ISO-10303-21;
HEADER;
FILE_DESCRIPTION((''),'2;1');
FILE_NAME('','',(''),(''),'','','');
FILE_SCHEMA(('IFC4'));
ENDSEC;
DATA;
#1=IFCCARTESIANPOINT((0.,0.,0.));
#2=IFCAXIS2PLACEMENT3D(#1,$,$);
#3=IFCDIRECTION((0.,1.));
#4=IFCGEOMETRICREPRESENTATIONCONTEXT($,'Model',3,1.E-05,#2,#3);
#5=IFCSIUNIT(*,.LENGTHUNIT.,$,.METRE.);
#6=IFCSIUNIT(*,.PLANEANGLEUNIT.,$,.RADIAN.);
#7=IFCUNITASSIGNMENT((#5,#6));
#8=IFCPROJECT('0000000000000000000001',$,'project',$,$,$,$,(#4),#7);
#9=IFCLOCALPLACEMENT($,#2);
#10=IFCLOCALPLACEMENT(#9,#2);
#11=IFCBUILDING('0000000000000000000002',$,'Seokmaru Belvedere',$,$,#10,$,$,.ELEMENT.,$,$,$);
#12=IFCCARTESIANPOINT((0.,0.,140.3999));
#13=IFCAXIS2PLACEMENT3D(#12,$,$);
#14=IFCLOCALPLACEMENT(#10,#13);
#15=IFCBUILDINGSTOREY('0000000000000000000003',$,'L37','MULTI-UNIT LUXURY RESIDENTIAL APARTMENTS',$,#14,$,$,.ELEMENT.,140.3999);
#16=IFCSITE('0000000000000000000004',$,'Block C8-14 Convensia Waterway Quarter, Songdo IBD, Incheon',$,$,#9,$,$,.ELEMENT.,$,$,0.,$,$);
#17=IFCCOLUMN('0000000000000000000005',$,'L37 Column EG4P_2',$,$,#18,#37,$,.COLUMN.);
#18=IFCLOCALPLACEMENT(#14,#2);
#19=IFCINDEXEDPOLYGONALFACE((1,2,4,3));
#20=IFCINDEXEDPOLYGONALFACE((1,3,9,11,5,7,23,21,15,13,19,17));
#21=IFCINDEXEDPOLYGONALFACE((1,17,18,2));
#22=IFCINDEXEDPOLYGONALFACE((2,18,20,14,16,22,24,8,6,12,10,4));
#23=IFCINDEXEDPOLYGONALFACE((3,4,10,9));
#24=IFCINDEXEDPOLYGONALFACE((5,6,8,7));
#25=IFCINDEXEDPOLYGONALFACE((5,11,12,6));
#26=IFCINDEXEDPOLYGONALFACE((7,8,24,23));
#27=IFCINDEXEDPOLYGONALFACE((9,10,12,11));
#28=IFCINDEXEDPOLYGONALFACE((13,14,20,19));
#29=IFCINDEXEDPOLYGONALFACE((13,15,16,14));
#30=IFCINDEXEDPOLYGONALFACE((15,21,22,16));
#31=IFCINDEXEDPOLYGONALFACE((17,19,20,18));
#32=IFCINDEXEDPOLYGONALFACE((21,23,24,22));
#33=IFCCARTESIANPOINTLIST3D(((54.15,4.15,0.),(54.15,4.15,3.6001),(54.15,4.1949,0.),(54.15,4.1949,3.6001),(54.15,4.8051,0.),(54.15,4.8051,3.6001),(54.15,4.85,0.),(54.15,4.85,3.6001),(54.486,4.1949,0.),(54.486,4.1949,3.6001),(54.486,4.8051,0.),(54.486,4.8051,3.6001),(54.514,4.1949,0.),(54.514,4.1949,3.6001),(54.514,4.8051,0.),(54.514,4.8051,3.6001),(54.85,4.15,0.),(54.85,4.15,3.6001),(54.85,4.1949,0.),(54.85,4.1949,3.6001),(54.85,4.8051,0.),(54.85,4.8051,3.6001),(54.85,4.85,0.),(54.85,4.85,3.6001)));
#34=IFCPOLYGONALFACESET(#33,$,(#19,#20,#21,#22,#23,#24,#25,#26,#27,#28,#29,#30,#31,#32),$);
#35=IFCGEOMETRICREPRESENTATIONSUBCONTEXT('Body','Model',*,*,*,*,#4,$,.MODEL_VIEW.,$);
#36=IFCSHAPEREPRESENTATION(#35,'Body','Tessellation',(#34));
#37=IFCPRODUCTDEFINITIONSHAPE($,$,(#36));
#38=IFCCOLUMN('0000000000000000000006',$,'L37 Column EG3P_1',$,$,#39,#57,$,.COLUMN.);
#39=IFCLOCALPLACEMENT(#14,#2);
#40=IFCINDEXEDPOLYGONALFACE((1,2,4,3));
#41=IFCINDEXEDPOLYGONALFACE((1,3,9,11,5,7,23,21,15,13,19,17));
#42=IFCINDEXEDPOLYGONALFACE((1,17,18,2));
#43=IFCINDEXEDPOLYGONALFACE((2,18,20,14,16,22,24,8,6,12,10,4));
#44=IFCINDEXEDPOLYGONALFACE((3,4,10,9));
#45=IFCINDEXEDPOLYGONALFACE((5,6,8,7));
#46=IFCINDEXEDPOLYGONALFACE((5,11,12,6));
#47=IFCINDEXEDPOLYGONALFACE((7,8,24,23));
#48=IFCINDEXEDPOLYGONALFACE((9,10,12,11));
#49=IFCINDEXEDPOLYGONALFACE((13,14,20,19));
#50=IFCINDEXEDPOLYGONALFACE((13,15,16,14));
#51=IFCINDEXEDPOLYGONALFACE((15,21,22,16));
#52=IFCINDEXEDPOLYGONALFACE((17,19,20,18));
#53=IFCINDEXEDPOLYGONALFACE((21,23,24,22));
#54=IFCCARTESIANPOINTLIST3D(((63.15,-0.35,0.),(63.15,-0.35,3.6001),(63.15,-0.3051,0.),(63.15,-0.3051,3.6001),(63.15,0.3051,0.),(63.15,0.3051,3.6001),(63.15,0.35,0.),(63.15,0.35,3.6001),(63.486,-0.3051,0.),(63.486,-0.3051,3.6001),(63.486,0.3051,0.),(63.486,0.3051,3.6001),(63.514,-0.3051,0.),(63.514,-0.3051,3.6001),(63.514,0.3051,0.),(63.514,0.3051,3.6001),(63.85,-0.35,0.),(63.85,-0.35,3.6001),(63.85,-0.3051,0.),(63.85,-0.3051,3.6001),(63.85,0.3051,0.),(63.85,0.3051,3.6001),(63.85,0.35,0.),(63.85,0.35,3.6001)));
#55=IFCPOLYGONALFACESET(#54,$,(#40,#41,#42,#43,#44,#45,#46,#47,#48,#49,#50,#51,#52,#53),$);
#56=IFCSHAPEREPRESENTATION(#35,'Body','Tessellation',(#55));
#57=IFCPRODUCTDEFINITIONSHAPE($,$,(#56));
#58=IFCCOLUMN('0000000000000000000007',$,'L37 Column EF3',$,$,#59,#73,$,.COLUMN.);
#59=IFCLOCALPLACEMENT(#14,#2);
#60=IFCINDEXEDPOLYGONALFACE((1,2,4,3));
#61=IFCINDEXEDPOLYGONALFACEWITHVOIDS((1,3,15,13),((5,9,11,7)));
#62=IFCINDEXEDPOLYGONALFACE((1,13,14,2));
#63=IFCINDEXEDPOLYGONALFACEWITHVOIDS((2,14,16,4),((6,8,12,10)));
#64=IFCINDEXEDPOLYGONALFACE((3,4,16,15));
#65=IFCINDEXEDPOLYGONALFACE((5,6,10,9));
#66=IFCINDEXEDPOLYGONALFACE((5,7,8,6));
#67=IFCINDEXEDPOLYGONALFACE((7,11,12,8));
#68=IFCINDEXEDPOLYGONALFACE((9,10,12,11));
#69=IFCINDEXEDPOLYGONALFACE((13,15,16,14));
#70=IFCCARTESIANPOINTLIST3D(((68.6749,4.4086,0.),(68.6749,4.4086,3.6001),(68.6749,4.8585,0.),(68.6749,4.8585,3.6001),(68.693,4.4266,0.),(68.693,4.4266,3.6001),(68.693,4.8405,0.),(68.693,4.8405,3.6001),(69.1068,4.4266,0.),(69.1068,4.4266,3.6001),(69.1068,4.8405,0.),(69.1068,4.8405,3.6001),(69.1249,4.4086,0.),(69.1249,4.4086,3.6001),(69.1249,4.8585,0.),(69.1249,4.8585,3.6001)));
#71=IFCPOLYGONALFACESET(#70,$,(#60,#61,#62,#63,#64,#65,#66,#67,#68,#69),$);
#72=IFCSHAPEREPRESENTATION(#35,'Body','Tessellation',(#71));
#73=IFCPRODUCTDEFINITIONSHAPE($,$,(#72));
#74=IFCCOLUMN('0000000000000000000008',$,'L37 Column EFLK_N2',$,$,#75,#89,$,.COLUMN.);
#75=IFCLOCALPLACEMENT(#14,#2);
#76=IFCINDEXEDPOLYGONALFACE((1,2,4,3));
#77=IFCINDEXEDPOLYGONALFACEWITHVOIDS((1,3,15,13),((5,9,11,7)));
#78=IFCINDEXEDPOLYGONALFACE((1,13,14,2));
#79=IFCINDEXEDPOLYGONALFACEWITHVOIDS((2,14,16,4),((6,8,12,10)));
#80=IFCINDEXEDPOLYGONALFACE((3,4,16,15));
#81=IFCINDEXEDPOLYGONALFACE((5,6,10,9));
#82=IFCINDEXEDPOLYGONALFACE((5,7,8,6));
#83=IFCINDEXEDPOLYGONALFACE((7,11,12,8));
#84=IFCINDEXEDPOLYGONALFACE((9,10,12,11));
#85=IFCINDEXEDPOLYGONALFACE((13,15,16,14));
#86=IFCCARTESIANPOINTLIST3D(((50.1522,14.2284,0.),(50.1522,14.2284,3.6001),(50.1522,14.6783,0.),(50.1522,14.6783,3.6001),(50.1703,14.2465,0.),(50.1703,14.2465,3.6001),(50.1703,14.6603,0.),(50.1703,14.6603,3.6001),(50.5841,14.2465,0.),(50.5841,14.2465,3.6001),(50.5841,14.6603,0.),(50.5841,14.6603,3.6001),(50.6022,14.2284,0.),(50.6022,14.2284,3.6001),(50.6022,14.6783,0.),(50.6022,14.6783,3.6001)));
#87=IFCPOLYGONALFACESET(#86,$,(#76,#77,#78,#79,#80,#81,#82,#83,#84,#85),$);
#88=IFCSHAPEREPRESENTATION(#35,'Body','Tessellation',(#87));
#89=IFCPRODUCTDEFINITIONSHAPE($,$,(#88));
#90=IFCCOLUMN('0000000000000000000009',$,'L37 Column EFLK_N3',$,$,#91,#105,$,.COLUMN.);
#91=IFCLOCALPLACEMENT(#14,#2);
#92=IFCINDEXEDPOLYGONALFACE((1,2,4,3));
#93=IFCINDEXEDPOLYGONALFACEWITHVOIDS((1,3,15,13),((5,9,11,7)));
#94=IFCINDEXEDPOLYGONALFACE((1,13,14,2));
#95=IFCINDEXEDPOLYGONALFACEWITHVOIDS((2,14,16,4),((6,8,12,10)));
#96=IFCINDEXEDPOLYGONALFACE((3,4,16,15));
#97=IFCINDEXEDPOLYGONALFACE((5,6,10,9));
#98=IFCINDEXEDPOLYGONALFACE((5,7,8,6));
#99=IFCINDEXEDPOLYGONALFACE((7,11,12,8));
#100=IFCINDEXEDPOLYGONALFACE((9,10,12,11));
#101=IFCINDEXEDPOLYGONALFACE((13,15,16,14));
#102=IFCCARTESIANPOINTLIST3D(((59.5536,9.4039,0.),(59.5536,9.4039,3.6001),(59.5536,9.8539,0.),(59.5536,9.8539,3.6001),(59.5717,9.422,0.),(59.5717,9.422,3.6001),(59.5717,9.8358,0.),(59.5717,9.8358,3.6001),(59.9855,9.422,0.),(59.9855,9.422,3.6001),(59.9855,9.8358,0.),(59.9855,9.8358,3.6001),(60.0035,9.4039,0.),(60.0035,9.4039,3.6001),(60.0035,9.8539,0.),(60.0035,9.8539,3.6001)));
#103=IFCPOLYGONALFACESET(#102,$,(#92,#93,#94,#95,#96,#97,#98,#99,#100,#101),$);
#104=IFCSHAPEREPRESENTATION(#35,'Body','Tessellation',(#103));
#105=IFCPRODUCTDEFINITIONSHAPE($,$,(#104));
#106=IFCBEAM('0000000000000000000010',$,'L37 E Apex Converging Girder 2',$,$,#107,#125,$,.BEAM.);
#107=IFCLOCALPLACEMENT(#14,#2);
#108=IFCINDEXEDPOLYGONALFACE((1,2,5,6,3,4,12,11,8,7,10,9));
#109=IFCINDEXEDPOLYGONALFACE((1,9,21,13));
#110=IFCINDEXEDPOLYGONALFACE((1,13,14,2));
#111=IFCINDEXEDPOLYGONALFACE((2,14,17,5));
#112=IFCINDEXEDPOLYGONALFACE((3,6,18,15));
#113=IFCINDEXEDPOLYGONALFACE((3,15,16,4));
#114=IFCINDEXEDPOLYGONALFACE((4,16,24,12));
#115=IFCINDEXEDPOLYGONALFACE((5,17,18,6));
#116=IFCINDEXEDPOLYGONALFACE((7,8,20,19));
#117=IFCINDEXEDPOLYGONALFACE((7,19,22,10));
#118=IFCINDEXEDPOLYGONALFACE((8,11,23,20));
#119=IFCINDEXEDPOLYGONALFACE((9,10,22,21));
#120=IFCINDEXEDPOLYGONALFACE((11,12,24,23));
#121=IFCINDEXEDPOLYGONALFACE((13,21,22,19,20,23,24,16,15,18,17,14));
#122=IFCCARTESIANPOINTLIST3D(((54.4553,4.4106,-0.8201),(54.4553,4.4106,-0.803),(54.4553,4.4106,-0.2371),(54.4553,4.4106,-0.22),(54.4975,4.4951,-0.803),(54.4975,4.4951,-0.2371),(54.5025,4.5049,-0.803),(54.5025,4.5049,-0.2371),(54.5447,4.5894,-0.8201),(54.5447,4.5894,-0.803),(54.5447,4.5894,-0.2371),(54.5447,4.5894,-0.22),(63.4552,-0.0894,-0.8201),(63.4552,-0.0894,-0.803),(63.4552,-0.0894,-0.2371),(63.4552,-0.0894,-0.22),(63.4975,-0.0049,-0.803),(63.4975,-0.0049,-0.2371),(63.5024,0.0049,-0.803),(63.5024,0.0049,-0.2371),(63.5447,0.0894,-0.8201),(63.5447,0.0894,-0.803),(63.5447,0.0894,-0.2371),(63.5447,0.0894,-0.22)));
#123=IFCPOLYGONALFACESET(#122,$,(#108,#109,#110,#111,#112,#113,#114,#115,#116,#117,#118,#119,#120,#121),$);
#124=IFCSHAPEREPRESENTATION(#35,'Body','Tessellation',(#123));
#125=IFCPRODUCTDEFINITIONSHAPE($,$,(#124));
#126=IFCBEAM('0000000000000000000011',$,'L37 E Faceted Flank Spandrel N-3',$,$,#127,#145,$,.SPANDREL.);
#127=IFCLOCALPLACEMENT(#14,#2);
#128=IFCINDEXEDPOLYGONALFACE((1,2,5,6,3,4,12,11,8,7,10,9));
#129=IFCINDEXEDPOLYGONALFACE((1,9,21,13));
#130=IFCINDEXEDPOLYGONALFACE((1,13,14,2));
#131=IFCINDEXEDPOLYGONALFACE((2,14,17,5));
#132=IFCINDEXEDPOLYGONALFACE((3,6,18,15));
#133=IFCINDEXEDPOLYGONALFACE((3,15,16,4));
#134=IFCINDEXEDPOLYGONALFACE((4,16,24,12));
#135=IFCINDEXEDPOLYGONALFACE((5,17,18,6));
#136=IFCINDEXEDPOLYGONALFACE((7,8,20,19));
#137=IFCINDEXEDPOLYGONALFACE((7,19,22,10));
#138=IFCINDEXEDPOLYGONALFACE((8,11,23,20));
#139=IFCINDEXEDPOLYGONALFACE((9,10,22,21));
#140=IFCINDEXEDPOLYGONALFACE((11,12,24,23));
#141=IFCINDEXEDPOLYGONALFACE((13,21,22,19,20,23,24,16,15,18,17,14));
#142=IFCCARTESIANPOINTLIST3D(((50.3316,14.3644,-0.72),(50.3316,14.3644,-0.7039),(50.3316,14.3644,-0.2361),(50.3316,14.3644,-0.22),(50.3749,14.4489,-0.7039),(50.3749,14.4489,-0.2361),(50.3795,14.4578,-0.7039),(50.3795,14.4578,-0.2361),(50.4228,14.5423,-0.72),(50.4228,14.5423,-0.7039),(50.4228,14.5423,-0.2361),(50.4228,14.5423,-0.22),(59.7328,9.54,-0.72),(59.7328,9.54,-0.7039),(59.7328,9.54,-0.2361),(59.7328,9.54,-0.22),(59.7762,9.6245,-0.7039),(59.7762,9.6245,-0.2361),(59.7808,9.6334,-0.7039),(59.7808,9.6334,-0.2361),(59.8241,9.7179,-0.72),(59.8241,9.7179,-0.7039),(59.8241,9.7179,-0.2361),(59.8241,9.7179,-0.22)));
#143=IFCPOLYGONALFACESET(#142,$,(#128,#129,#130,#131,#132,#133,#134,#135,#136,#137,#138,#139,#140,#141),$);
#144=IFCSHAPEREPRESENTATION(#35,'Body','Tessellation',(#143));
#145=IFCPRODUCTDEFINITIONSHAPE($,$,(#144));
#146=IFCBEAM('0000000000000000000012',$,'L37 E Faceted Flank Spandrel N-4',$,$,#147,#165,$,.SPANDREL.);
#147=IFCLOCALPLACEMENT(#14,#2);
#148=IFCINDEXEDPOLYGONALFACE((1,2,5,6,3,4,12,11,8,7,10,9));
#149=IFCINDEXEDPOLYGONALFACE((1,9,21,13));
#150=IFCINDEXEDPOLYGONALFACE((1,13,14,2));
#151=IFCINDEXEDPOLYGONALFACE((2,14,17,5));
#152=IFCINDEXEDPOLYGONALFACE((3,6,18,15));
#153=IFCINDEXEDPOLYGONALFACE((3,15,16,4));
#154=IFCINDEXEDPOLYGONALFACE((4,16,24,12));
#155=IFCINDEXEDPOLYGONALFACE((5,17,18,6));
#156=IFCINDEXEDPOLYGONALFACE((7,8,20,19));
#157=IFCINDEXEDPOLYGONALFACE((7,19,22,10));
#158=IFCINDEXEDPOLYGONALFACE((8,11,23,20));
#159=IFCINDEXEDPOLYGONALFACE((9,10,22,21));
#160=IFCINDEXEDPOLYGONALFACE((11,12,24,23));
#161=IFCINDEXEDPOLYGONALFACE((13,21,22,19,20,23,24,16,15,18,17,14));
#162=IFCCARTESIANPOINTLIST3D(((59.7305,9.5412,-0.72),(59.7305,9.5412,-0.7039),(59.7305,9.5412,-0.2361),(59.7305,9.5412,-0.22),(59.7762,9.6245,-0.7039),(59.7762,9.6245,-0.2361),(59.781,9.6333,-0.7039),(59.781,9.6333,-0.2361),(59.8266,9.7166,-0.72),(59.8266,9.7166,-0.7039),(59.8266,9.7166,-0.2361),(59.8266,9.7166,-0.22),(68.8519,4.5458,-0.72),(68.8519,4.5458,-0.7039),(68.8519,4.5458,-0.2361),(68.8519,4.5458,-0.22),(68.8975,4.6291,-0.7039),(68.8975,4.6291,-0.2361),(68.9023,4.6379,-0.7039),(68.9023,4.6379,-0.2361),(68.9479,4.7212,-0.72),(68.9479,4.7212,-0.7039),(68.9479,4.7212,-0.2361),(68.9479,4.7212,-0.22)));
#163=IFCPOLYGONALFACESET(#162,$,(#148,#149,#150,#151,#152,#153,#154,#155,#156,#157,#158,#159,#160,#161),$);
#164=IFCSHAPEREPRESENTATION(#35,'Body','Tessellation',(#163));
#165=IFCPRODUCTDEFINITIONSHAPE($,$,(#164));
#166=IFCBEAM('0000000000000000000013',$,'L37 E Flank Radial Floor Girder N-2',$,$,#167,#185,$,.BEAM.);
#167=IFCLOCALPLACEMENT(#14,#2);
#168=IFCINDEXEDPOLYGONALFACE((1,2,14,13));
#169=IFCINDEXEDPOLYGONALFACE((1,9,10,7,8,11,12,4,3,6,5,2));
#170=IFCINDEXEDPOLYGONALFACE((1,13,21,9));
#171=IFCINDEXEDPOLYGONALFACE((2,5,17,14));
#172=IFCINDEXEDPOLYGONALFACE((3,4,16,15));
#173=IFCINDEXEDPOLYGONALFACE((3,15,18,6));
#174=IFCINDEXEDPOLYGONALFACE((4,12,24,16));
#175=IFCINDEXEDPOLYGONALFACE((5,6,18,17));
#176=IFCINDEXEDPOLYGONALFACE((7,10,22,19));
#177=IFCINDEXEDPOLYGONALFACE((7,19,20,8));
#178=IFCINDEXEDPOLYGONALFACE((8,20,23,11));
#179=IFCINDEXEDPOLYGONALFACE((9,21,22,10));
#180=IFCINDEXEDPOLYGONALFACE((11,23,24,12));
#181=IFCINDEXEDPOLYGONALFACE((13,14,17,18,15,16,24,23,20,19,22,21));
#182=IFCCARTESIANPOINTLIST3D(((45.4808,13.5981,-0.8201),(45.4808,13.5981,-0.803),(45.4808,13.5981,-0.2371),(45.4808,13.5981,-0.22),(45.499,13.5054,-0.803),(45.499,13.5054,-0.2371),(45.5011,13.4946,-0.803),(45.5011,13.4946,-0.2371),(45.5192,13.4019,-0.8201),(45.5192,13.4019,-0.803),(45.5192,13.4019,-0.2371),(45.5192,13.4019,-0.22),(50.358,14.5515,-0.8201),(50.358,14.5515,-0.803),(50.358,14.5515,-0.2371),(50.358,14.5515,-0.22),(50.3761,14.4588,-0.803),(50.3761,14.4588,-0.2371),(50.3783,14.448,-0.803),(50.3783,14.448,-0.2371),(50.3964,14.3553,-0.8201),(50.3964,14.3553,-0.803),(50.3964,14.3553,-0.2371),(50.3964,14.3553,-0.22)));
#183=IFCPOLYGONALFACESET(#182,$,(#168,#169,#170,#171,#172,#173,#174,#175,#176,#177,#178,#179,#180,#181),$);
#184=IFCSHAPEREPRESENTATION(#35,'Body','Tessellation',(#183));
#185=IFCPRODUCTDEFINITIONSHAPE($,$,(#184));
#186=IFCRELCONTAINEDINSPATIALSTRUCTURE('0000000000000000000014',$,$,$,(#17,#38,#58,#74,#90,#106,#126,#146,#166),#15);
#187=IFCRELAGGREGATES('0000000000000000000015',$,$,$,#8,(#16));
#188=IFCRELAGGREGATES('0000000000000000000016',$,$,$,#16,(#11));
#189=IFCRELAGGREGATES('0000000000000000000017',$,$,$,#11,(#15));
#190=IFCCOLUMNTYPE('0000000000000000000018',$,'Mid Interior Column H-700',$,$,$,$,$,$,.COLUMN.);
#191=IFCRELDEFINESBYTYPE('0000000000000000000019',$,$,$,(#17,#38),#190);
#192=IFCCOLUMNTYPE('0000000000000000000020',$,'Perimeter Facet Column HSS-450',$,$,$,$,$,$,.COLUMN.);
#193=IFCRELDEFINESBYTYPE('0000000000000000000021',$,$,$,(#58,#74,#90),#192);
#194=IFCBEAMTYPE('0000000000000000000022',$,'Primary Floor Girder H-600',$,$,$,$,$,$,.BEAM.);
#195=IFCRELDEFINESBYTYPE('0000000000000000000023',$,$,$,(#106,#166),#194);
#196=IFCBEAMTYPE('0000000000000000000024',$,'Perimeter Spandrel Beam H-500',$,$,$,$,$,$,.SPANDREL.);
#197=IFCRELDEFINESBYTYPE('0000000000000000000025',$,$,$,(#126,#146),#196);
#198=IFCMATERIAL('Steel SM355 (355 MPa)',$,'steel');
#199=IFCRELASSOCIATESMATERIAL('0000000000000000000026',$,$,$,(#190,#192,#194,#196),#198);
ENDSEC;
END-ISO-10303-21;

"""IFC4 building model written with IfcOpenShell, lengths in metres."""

from ifc_helpers import new_model, si_unit, direction, frame, origin, origin_2d, place, context, subcontext, project, spatial, hollow_rectangle, i_section, extrude, source, transform, mapped, material, material_profile, profile_set, type_object, type_shapes, element, save


model = new_model("IFC4")

# Units and contexts
model_context = context("Model", 3, precision=1e-05, world=origin(), true_north=direction((0.0, 1.0)))
body_context = subcontext(model_context, "Body", "Model", "MODEL_VIEW")
ifc_project = project(units=[si_unit("LENGTHUNIT", "METRE"), si_unit("PLANEANGLEUNIT", "RADIAN")], contexts=[model_context])

# Site, building, storey
site_placement = place(None, origin())
site = spatial("IfcSite", under=ifc_project, at=site_placement, Name="Block C8-14 Convensia Waterway Quarter, Songdo IBD, Incheon", CompositionType="ELEMENT", RefElevation=0.0)
building_placement = place(site_placement, origin())
building = spatial("IfcBuilding", under=site, at=building_placement, Name="Seokmaru Belvedere", CompositionType="ELEMENT")
storey_placement = place(building_placement, frame((0.0, 0.0, 140.3999)))
storey = spatial("IfcBuildingStorey", under=building, at=storey_placement, Name="L37", Description="MULTI-UNIT LUXURY RESIDENTIAL APARTMENTS", CompositionType="ELEMENT", Elevation=140.3999)

# Columns
ifc_material_1 = material(Name="Steel SM355 (355 MPa)", Category="steel")
ifc_material_profile_1 = material_profile(ifc_material_1, i_section(OverallWidth=0.7, OverallDepth=0.7, WebThickness=0.0281, FlangeThickness=0.0449, at=origin_2d()), Name="H-700x700x28x45")
ifc_profile_set_1 = profile_set([ifc_material_profile_1], Name="Steel SM355 (355 MPa)")
column_type_1 = type_object("IfcColumnType", Name="Mid Interior Column H-700", PredefinedType="COLUMN", material=ifc_profile_set_1)
shared_shape_1 = source(origin(), body_context, "Body", "SweptSolid", [
    extrude(i_section(OverallWidth=0.7, OverallDepth=0.7, WebThickness=0.0281, FlangeThickness=0.0449, at=origin_2d()), origin(), (0.0, 0.0, 1.0), 3.6001),
])
type_shapes(column_type_1, [shared_shape_1])
for number, where, z_axis, x_axis, name in (
    (1, (54.5, 4.5, 0.0), (0.0, 0.0, 1.0), (1.0, 0.0, 0.0), "L37 Column EG4P_2"),
    (2, (63.5, 0.0, 0.0), (0.0, 0.0, 1.0), (1.0, 0.0, 0.0), "L37 Column EG3P_1"),
):
    element("IfcColumn", number, at=place(storey_placement, frame(where, z_axis=z_axis, x_axis=x_axis)), inside=storey, type_object=column_type_1, Name=name, PredefinedType="COLUMN", context=body_context, shape_type="MappedRepresentation", body=[
        mapped(shared_shape_1, transform((0.0, 0.0, 0.0), scale=1.0)),
    ])
ifc_material_profile_2 = material_profile(ifc_material_1, hollow_rectangle(XDim=0.45, YDim=0.45, WallThickness=0.0181, at=origin_2d()), Name="HSS-450x450x18")
ifc_profile_set_2 = profile_set([ifc_material_profile_2], Name="Steel SM355 (355 MPa)")
column_type_2 = type_object("IfcColumnType", Name="Perimeter Facet Column HSS-450", PredefinedType="COLUMN", material=ifc_profile_set_2)
shared_shape_2 = source(origin(), body_context, "Body", "SweptSolid", [
    extrude(hollow_rectangle(XDim=0.45, YDim=0.45, WallThickness=0.0181, at=origin_2d()), origin(), (0.0, 0.0, 1.0), 3.6001),
])
type_shapes(column_type_2, [shared_shape_2])
for number, where, z_axis, x_axis, name in (
    (3, (68.8999, 4.6335, 0.0), (0.0, 0.0, 1.0), (1.0, 0.0, 0.0), "L37 Column EF3"),
    (4, (50.3772, 14.4534, 0.0), (0.0, 0.0, 1.0), (1.0, 0.0, 0.0), "L37 Column EFLK_N2"),
    (5, (59.7786, 9.6289, 0.0), (0.0, 0.0, 1.0), (1.0, 0.0, 0.0), "L37 Column EFLK_N3"),
):
    element("IfcColumn", number, at=place(storey_placement, frame(where, z_axis=z_axis, x_axis=x_axis)), inside=storey, type_object=column_type_2, Name=name, PredefinedType="COLUMN", context=body_context, shape_type="MappedRepresentation", body=[
        mapped(shared_shape_2, transform((0.0, 0.0, 0.0), scale=1.0)),
    ])

# Beams
ifc_material_profile_3 = material_profile(ifc_material_1, i_section(OverallWidth=0.2, OverallDepth=0.6001, WebThickness=0.011, FlangeThickness=0.0171, at=origin_2d()), Name="H-600x200x11x17")
ifc_profile_set_3 = profile_set([ifc_material_profile_3], Name="Steel SM355 (355 MPa)")
beam_type_1 = type_object("IfcBeamType", Name="Primary Floor Girder H-600", PredefinedType="BEAM", material=ifc_profile_set_3)
shared_shape_3 = source(origin(), body_context, "Body", "SweptSolid", [
    extrude(i_section(OverallWidth=0.2, OverallDepth=0.6001, WebThickness=0.011, FlangeThickness=0.0171, at=origin_2d()), origin(), (0.0, 0.0, 1.0), 10.0623),
])
beam_1_placement = place(storey_placement, frame((54.5, 4.5, -0.52), z_axis=(0.894427, -0.447214, 0.0), x_axis=(0.447214, 0.894427, 0.0)))
element("IfcBeam", 6, at=beam_1_placement, inside=storey, type_object=beam_type_1, Name="L37 E Apex Converging Girder 2", PredefinedType="BEAM", context=body_context, shape_type="MappedRepresentation", body=[
    mapped(shared_shape_3, transform((0.0, 0.0, 0.0), scale=1.0)),
])
ifc_material_profile_4 = material_profile(ifc_material_1, i_section(OverallWidth=0.2, OverallDepth=0.5, WebThickness=0.01, FlangeThickness=0.0161, at=origin_2d()), Name="H-500x200x10x16")
ifc_profile_set_4 = profile_set([ifc_material_profile_4], Name="Steel SM355 (355 MPa)")
beam_type_2 = type_object("IfcBeamType", Name="Perimeter Spandrel Beam H-500", PredefinedType="SPANDREL", material=ifc_profile_set_4)
shared_shape_4 = source(origin(), body_context, "Body", "SweptSolid", [
    extrude(i_section(OverallWidth=0.2, OverallDepth=0.5, WebThickness=0.01, FlangeThickness=0.0161, at=origin_2d()), origin(), (0.0, 0.0, 1.0), 10.5669),
])
beam_2_placement = place(storey_placement, frame((50.3772, 14.4534, -0.47), z_axis=(0.889693, -0.45656, 0.0), x_axis=(0.45656, 0.889693, 0.0)))
element("IfcBeam", 7, at=beam_2_placement, inside=storey, type_object=beam_type_2, Name="L37 E Faceted Flank Spandrel N-3", PredefinedType="SPANDREL", context=body_context, shape_type="MappedRepresentation", body=[
    mapped(shared_shape_4, transform((0.0, 0.0, 0.0), scale=1.0)),
])
shared_shape_5 = source(origin(), body_context, "Body", "SweptSolid", [
    extrude(i_section(OverallWidth=0.2, OverallDepth=0.5, WebThickness=0.01, FlangeThickness=0.0161, at=origin_2d()), origin(), (0.0, 0.0, 1.0), 10.3997),
])
type_shapes(beam_type_2, [shared_shape_4, shared_shape_5])
beam_3_placement = place(storey_placement, frame((59.7786, 9.6289, -0.47), z_axis=(0.877082, -0.48034, 0.0), x_axis=(0.48034, 0.877082, 0.0)))
element("IfcBeam", 8, at=beam_3_placement, inside=storey, type_object=beam_type_2, Name="L37 E Faceted Flank Spandrel N-4", PredefinedType="SPANDREL", context=body_context, shape_type="MappedRepresentation", body=[
    mapped(shared_shape_5, transform((0.0, 0.0, 0.0), scale=1.0)),
])
shared_shape_6 = source(origin(), body_context, "Body", "SweptSolid", [
    extrude(i_section(OverallWidth=0.2, OverallDepth=0.6001, WebThickness=0.011, FlangeThickness=0.0171, at=origin_2d()), origin(), (0.0, 0.0, 1.0), 4.9695),
])
beam_4_placement = place(storey_placement, frame((50.3772, 14.4534, -0.52), z_axis=(-0.981425, -0.191844, 0.0), x_axis=(0.191844, -0.981425, 0.0)))
element("IfcBeam", 9, at=beam_4_placement, inside=storey, type_object=beam_type_1, Name="L37 E Flank Radial Floor Girder N-2", PredefinedType="BEAM", context=body_context, shape_type="MappedRepresentation", body=[
    mapped(shared_shape_6, transform((0.0, 0.0, 0.0), scale=1.0)),
])

save(model, "model.ifc")
